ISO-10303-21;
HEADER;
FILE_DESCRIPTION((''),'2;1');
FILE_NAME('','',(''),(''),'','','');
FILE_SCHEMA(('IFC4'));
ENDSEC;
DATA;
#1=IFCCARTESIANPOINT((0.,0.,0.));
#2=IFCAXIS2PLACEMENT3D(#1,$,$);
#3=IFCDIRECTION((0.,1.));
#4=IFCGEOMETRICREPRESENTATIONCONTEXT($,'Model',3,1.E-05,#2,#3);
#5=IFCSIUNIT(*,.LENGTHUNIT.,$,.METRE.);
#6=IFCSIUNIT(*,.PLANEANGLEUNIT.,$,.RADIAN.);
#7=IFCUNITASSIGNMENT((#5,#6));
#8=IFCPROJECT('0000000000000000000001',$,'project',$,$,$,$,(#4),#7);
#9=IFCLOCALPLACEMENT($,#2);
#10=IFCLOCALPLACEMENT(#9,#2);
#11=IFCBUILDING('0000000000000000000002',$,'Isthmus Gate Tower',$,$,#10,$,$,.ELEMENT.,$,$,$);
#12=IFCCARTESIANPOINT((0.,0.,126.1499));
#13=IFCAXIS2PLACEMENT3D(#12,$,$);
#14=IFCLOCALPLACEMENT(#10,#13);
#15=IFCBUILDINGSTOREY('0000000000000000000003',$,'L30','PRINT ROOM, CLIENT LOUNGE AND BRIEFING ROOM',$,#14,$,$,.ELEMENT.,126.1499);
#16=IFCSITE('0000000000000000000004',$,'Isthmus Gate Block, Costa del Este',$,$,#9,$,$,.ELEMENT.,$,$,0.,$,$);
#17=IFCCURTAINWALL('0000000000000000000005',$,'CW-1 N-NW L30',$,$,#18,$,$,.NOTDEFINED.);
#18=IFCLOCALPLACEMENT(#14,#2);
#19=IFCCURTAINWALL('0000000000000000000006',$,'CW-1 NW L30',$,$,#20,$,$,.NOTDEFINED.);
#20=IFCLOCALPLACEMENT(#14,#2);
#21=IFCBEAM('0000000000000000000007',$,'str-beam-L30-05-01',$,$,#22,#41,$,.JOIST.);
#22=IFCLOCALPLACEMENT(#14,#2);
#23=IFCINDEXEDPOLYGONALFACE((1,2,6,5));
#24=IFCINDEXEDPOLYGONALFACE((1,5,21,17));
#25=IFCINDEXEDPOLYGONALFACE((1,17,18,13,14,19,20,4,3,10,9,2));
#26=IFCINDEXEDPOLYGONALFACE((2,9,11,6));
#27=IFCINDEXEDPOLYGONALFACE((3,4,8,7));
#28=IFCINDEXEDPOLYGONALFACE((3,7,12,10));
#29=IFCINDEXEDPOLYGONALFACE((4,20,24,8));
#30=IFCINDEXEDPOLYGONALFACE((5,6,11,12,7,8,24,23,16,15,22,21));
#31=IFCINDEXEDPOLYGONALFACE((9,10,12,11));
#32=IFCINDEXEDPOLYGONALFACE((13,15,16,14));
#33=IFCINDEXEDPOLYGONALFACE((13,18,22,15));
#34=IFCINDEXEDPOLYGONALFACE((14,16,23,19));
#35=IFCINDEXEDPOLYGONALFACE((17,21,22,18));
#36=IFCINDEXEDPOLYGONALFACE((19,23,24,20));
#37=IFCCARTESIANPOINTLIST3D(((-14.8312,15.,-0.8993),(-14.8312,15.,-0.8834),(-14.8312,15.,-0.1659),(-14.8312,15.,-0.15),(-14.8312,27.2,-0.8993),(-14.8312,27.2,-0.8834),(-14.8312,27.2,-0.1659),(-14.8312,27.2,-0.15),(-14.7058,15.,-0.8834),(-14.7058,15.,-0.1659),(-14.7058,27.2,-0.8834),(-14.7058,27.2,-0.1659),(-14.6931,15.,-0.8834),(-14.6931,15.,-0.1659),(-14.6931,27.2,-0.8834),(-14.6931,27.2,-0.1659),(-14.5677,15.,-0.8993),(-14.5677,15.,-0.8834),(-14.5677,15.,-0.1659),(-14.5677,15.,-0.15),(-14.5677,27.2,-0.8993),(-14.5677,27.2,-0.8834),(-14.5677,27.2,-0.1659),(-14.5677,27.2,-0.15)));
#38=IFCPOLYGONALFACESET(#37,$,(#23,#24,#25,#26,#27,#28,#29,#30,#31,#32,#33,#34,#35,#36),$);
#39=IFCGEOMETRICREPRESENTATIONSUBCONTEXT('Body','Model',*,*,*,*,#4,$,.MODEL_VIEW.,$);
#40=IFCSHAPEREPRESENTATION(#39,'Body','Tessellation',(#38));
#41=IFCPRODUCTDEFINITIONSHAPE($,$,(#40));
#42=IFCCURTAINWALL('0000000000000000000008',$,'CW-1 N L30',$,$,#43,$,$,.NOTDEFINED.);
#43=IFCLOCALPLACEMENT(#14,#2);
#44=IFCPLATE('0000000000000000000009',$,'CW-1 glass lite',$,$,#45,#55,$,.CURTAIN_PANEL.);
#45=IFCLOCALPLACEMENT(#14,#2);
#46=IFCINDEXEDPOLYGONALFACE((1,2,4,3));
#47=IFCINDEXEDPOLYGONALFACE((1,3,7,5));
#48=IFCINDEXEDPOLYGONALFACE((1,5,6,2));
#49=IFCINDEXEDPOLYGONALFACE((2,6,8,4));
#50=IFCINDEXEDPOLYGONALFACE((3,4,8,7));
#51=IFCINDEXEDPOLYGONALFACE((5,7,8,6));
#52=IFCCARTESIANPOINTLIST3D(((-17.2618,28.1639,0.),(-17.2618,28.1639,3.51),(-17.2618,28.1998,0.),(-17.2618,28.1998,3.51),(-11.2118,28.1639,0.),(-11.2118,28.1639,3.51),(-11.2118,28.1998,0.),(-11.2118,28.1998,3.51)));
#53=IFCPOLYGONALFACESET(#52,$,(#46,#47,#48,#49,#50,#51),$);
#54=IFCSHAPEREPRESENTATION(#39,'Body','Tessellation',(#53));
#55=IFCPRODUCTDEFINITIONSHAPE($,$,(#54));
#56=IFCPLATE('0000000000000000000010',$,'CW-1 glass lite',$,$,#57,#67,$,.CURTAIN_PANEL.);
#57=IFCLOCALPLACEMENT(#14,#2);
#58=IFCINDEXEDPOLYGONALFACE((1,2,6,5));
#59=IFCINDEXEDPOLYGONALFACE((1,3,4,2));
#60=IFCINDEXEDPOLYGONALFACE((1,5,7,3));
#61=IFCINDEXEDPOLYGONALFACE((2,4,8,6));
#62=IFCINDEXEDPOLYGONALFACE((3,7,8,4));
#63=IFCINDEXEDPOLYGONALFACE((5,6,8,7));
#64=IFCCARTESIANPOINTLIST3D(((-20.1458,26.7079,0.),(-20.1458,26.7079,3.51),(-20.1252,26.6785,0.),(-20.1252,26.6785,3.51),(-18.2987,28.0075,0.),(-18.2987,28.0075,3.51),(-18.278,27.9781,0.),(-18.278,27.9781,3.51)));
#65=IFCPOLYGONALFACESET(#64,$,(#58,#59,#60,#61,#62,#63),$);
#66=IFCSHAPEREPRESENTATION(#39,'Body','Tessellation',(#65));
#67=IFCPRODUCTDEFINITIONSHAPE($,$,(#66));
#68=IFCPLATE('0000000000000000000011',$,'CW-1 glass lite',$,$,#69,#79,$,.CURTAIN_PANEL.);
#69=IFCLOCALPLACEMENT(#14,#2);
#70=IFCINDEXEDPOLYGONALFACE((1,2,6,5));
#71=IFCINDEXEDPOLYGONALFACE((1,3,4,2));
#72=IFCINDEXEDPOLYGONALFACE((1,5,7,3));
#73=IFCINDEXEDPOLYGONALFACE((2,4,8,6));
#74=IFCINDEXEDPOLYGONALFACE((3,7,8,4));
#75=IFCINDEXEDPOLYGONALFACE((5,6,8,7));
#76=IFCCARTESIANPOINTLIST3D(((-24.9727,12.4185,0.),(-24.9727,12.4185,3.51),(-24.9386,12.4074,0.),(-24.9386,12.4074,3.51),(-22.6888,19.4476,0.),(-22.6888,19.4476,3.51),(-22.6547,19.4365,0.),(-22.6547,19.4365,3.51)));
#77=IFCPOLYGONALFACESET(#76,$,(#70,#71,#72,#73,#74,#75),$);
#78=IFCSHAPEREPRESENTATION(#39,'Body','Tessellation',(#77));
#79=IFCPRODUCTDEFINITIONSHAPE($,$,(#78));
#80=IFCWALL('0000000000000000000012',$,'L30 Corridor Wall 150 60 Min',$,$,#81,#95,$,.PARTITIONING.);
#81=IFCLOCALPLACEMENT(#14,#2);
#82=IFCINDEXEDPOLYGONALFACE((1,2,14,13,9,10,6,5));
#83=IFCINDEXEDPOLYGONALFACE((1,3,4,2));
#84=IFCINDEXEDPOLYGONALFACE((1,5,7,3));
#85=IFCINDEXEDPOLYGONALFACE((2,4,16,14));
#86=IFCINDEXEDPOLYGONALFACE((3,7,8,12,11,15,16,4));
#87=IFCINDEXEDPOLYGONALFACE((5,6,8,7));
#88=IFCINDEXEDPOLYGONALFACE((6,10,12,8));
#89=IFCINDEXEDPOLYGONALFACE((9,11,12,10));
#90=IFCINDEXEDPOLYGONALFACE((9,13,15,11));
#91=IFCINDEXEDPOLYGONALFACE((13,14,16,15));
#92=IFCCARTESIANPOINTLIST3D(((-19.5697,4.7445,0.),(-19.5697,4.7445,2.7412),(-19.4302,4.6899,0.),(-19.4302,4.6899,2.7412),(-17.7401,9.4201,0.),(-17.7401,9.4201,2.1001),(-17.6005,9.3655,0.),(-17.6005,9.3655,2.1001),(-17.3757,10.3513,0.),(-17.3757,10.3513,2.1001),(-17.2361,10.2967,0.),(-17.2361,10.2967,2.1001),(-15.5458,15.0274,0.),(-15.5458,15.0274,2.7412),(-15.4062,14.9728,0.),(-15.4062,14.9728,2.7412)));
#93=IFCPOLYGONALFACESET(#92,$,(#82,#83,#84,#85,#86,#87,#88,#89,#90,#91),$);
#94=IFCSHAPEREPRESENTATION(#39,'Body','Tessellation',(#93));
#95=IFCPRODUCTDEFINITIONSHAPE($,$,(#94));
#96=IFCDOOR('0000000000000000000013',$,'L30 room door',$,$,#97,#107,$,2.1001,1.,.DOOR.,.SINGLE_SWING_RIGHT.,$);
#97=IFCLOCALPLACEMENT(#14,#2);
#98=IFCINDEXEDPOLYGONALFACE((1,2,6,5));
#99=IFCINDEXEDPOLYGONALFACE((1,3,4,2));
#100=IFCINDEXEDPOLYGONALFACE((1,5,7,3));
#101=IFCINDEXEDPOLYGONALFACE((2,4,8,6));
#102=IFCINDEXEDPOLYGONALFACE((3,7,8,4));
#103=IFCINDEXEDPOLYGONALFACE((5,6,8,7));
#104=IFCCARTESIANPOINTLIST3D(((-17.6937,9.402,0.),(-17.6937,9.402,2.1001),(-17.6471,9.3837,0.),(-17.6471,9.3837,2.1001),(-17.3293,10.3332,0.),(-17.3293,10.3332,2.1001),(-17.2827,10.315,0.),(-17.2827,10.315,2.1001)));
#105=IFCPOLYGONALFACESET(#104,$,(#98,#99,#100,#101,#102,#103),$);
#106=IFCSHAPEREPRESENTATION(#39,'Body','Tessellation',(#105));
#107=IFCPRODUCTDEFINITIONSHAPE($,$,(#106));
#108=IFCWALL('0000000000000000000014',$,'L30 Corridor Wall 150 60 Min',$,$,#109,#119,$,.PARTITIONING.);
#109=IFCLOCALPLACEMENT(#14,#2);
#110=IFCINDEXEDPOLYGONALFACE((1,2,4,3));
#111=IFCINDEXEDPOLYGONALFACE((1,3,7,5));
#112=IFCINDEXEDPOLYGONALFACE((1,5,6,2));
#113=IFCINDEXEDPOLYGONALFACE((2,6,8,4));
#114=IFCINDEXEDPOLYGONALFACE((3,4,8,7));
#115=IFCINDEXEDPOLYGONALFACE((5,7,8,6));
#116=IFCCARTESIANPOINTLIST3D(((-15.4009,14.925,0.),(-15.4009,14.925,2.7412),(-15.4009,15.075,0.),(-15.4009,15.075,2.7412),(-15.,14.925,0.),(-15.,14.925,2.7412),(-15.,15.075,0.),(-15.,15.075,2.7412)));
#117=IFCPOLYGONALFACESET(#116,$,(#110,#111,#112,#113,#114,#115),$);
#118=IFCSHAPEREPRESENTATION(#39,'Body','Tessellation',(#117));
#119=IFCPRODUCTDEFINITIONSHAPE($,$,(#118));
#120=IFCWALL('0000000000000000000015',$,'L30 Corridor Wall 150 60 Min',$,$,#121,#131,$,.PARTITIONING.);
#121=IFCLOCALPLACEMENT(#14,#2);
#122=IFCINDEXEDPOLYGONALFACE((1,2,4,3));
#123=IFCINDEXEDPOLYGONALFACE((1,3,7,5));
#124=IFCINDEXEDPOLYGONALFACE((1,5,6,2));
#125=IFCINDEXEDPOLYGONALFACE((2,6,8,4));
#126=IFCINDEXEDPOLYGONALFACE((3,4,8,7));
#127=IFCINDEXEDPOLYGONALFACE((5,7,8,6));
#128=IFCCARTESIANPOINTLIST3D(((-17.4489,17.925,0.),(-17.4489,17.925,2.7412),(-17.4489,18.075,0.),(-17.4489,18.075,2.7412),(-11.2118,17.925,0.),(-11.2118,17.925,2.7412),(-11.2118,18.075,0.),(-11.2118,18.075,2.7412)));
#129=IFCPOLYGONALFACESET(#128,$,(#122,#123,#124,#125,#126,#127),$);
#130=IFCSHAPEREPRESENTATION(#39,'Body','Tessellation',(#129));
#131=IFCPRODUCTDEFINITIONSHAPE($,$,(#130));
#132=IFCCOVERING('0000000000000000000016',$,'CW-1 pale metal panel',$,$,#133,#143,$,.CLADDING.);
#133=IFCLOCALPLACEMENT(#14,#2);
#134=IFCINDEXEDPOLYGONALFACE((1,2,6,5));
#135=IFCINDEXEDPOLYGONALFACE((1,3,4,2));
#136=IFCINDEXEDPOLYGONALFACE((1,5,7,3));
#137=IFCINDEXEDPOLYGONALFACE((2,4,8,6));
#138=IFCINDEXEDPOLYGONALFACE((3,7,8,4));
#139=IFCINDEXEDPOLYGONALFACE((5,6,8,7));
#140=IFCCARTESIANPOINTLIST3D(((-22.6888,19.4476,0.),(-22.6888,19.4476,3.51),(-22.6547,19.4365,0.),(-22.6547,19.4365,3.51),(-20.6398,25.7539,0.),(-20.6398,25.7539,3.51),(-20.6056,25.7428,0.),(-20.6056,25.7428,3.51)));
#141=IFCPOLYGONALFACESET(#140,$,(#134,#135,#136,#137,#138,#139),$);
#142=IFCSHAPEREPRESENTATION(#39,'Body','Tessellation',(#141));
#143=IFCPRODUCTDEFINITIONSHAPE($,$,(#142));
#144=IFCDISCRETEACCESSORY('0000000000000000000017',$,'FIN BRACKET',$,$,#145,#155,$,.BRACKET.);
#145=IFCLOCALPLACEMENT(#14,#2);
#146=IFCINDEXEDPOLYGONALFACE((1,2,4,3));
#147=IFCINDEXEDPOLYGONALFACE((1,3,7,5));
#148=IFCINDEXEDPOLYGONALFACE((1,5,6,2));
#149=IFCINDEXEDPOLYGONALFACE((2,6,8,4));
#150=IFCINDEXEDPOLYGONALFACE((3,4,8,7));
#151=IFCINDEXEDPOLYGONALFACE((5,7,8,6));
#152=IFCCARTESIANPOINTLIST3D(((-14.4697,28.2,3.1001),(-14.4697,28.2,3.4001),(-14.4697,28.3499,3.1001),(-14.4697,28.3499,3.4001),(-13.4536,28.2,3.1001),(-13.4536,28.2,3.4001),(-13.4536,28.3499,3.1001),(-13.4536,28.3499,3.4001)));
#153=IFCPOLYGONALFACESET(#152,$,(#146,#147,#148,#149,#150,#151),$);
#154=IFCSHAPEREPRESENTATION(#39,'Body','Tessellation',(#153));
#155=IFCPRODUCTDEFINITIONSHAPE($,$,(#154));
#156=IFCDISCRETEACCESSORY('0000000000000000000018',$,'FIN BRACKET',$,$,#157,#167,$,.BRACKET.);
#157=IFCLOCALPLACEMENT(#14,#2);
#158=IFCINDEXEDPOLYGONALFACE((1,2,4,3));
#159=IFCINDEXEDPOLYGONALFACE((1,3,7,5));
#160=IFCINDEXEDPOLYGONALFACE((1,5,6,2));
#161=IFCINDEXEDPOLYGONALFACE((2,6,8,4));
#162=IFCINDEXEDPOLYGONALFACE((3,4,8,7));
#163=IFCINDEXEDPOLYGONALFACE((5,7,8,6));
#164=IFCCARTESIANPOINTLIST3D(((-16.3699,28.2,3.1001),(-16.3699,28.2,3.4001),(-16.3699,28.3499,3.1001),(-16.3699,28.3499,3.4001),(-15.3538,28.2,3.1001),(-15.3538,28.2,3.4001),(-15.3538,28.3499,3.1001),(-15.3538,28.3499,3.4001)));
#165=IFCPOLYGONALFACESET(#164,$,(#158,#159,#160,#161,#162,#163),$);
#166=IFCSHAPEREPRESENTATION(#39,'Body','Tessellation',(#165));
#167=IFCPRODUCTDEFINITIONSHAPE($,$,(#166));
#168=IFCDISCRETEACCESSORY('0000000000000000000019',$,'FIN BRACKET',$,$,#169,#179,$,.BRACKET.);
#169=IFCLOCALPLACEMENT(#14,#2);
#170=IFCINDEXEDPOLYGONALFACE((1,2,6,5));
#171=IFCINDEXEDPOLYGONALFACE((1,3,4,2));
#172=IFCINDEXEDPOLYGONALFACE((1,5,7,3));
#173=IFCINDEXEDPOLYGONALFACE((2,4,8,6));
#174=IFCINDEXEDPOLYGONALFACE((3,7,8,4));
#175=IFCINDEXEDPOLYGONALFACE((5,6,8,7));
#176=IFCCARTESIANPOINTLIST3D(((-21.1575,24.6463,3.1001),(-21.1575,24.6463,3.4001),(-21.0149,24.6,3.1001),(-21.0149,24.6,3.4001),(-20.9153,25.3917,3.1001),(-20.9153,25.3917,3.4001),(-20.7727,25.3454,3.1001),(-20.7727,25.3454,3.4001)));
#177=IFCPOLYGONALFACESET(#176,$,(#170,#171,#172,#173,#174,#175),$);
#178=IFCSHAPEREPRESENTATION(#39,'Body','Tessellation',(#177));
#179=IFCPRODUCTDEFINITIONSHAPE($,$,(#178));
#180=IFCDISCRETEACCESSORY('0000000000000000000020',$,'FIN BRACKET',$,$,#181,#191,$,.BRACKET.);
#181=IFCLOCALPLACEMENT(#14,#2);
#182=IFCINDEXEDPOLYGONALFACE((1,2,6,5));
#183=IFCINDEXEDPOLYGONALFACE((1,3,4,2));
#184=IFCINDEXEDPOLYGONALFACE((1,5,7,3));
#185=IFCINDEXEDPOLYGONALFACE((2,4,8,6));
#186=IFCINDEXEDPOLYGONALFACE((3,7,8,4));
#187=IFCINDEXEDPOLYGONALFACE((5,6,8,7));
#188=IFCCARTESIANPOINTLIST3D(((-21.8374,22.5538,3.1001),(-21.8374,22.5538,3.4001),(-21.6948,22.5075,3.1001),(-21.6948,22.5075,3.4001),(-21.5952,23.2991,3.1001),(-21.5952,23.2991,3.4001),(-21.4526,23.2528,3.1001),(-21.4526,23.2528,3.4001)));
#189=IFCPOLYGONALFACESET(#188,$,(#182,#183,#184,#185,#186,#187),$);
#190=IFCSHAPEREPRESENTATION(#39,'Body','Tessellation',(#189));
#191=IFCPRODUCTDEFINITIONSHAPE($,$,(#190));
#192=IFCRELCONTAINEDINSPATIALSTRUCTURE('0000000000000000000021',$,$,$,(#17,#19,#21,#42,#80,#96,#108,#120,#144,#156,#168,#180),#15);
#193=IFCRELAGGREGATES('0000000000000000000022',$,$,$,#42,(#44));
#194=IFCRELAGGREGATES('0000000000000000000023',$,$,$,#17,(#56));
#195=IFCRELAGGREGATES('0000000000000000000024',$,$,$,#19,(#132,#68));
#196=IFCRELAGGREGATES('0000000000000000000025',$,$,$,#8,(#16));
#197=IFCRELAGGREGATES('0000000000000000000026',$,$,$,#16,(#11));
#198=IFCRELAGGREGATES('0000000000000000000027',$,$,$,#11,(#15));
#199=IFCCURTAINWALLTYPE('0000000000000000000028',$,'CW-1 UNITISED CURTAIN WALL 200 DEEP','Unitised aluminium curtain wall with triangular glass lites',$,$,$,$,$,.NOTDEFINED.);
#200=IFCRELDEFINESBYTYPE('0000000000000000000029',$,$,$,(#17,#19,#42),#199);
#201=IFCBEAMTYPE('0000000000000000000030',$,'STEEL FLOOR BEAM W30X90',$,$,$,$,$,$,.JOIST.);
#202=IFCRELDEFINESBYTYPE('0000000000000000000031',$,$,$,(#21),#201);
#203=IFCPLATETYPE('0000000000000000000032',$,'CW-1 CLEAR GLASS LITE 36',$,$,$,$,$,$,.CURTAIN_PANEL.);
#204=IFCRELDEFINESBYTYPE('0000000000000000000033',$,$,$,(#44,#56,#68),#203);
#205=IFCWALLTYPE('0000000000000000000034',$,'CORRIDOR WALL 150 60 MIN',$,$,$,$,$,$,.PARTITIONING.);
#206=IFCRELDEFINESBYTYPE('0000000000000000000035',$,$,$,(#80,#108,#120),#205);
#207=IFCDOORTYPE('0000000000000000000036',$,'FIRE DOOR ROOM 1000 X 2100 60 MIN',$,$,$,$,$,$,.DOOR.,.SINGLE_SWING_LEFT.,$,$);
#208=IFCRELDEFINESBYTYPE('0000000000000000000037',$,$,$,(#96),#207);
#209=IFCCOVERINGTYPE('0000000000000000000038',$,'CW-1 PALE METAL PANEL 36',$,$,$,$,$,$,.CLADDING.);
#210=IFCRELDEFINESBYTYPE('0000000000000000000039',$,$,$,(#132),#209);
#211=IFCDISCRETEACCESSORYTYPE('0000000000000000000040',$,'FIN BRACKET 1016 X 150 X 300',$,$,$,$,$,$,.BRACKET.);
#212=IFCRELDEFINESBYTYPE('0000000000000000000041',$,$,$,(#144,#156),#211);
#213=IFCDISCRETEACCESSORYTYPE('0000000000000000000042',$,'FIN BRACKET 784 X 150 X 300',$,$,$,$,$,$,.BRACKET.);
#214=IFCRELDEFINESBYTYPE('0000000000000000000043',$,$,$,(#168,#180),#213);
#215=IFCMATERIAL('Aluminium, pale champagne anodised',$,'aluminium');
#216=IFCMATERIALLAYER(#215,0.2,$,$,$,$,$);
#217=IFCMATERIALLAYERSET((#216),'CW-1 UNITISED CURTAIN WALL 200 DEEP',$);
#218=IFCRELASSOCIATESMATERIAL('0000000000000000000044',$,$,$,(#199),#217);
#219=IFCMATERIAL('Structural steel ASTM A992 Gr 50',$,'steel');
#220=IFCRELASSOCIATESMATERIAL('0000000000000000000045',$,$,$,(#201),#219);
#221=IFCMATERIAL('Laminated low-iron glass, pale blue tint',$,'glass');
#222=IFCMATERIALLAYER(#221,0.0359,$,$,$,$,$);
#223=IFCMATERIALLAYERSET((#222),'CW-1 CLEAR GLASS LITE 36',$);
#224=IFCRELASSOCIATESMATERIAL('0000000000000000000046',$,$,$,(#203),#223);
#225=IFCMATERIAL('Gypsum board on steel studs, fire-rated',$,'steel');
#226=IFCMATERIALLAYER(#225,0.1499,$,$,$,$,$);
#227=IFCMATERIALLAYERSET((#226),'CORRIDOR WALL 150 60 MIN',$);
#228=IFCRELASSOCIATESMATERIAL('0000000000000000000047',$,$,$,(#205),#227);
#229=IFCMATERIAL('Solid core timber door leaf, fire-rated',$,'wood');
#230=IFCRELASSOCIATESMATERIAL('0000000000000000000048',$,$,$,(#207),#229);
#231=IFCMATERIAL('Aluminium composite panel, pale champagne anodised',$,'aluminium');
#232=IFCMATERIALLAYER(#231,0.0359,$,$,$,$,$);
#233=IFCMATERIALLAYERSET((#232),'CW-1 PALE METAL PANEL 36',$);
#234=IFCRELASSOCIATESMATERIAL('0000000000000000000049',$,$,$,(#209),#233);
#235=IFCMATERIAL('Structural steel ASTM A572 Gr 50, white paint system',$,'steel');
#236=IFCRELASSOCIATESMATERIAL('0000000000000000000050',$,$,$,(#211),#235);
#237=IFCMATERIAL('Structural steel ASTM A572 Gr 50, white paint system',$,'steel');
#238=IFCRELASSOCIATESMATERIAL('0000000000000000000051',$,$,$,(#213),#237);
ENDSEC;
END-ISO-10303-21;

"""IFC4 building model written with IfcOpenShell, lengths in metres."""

from ifc_helpers import new_model, si_unit, direction, frame, frame_2d, origin, origin_2d, place, context, subcontext, project, spatial, rectangle, i_section, extrude, material, layer, layer_set, material_profile, profile_set, type_object, element, fill, aggregate, save


model = new_model("IFC4")

# Units and contexts
model_context = context("Model", 3, precision=1e-05, world=origin(), true_north=direction((0.0, 1.0)))
body_context = subcontext(model_context, "Body", "Model", "MODEL_VIEW")
ifc_project = project(units=[si_unit("LENGTHUNIT", "METRE"), si_unit("PLANEANGLEUNIT", "RADIAN")], contexts=[model_context])

# Site, building, storey
site_placement = place(None, origin())
site = spatial("IfcSite", under=ifc_project, at=site_placement, Name="Isthmus Gate Block, Costa del Este", CompositionType="ELEMENT", RefElevation=0.0)
building_placement = place(site_placement, origin())
building = spatial("IfcBuilding", under=site, at=building_placement, Name="Isthmus Gate Tower", CompositionType="ELEMENT")
storey_placement = place(building_placement, frame((0.0, 0.0, 126.1499)))
storey = spatial("IfcBuildingStorey", under=building, at=storey_placement, Name="L30", Description="PRINT ROOM, CLIENT LOUNGE AND BRIEFING ROOM", CompositionType="ELEMENT", Elevation=126.1499)

# Curtain walls
ifc_material_1 = material(Name="Aluminium, pale champagne anodised", Category="aluminium")
ifc_layer_1 = layer(ifc_material_1, 0.2)
ifc_layer_set_1 = layer_set([ifc_layer_1], Name="CW-1 UNITISED CURTAIN WALL 200 DEEP")
curtain_wall_type = type_object("IfcCurtainWallType", Name="CW-1 UNITISED CURTAIN WALL 200 DEEP", Description="Unitised aluminium curtain wall with triangular glass lites", PredefinedType="NOTDEFINED", material=ifc_layer_set_1)
curtain_wall_1_placement = place(storey_placement, origin())
curtain_wall_1 = element("IfcCurtainWall", 1, at=curtain_wall_1_placement, inside=storey, type_object=curtain_wall_type, Name="CW-1 N-NW L30", PredefinedType="NOTDEFINED")
curtain_wall_2_placement = place(storey_placement, origin())
curtain_wall_2 = element("IfcCurtainWall", 2, at=curtain_wall_2_placement, inside=storey, type_object=curtain_wall_type, Name="CW-1 NW L30", PredefinedType="NOTDEFINED")

# Beam
ifc_material_2 = material(Name="Structural steel ASTM A992 Gr 50", Category="steel")
ifc_material_profile_1 = material_profile(ifc_material_2, i_section(OverallWidth=0.2634, OverallDepth=0.7493, WebThickness=0.0127, FlangeThickness=0.0159, at=origin_2d()), Name="W30X90")
ifc_profile_set_1 = profile_set([ifc_material_profile_1], Name="Structural steel ASTM A992 Gr 50")
beam_type_1 = type_object("IfcBeamType", Name="STEEL FLOOR BEAM W30X90", PredefinedType="JOIST", material=ifc_profile_set_1)
beam_1_placement = place(storey_placement, frame((-14.6995, 15.0, -0.5247), z_axis=(0.0, 1.0, 0.0), x_axis=(-1.0, 0.0, 0.0)))
element("IfcBeam", 3, at=beam_1_placement, inside=storey, type_object=beam_type_1, Name="str-beam-L30-05-01", PredefinedType="JOIST", context=body_context, shape_type="SweptSolid", body=[
    extrude(i_section(OverallWidth=0.2634, OverallDepth=0.7493, WebThickness=0.0127, FlangeThickness=0.0159, at=origin_2d()), origin(), (0.0, 0.0, 1.0), 12.2),
])

# Curtain wall, plate
curtain_wall_3_placement = place(storey_placement, origin())
curtain_wall_3 = element("IfcCurtainWall", 4, at=curtain_wall_3_placement, inside=storey, type_object=curtain_wall_type, Name="CW-1 N L30", PredefinedType="NOTDEFINED")
ifc_material_3 = material(Name="Laminated low-iron glass, pale blue tint", Category="glass")
ifc_layer_2 = layer(ifc_material_3, 0.0359)
ifc_layer_set_2 = layer_set([ifc_layer_2], Name="CW-1 CLEAR GLASS LITE 36")
plate_type = type_object("IfcPlateType", Name="CW-1 CLEAR GLASS LITE 36", PredefinedType="CURTAIN_PANEL", material=ifc_layer_set_2)
plate_1_placement = place(storey_placement, frame((-14.2368, 28.1819, 0.0), z_axis=(0.0, 0.0, 1.0), x_axis=(-1.0, 0.0, 0.0)))
plate_1 = element("IfcPlate", 5, at=plate_1_placement, type_object=plate_type, Name="CW-1 glass lite", PredefinedType="CURTAIN_PANEL", context=body_context, shape_type="SweptSolid", body=[
    extrude(rectangle(XDim=6.05, YDim=0.0359, at=origin_2d()), origin(), (0.0, 0.0, 1.0), 3.51),
])
aggregate(curtain_wall_3, [plate_1])

# Plates
plate_2_placement = place(storey_placement, frame((-19.2119, 27.343, 0.0), z_axis=(0.0, 0.0, 1.0), x_axis=(-0.81786, -0.575418, 0.0)))
plate_2 = element("IfcPlate", 6, at=plate_2_placement, type_object=plate_type, Name="CW-1 glass lite", PredefinedType="CURTAIN_PANEL", context=body_context, shape_type="SweptSolid", body=[
    extrude(rectangle(XDim=2.2585, YDim=0.0359, at=origin_2d()), origin(), (0.0, 0.0, 1.0), 3.51),
])
aggregate(curtain_wall_1, [plate_2])
plate_3_placement = place(storey_placement, frame((-23.8137, 15.9275, 0.0), z_axis=(0.0, 0.0, 1.0), x_axis=(-0.309017, -0.951057, 0.0)))
plate_3 = element("IfcPlate", 7, at=plate_3_placement, type_object=plate_type, Name="CW-1 glass lite", PredefinedType="CURTAIN_PANEL", context=body_context, shape_type="SweptSolid", body=[
    extrude(rectangle(XDim=7.3909, YDim=0.0359, at=origin_2d()), origin(), (0.0, 0.0, 1.0), 3.51),
])

# Wall, opening, door
ifc_material_4 = material(Name="Gypsum board on steel studs, fire-rated", Category="steel")
ifc_layer_3 = layer(ifc_material_4, 0.1499)
ifc_layer_set_3 = layer_set([ifc_layer_3], Name="CORRIDOR WALL 150 60 MIN")
wall_type = type_object("IfcWallType", Name="CORRIDOR WALL 150 60 MIN", PredefinedType="PARTITIONING", material=ifc_layer_set_3)
wall_1_placement = place(storey_placement, frame((-15.4761, 15.0, 0.0), z_axis=(0.0, 0.0, 1.0), x_axis=(-0.364412, -0.931238, 0.0)))
wall_1 = element("IfcWall", 8, at=wall_1_placement, inside=storey, type_object=wall_type, Name="L30 Corridor Wall 150 60 Min", PredefinedType="PARTITIONING", context=body_context, shape_type="SweptSolid", body=[
    extrude(rectangle(XDim=11.0422, YDim=0.1499, at=frame_2d((5.521, 0.0))), origin(), (0.0, 0.0, 1.0), 2.7412),
])
opening_placement = place(wall_1_placement, frame((5.0212, 0.0, 0.0)))
opening = element("IfcOpeningElement", 9, at=opening_placement, cuts=wall_1, PredefinedType="OPENING", context=body_context, shape_type="SweptSolid", body=[
    extrude(rectangle(XDim=1.0, YDim=2.1001, at=frame_2d((0.5, 1.05))), frame((0.0, 0.085, 0.0), z_axis=(0.0, -1.0, 0.0), x_axis=(1.0, 0.0, 0.0)), (0.0, 0.0, 1.0), 0.1699),
])
ifc_material_5 = material(Name="Solid core timber door leaf, fire-rated", Category="wood")
door_type = type_object("IfcDoorType", Name="FIRE DOOR ROOM 1000 X 2100 60 MIN", OperationType="SINGLE_SWING_LEFT", PredefinedType="DOOR", material=ifc_material_5)
door_placement = place(opening_placement, origin())
door = element("IfcDoor", 10, at=door_placement, inside=storey, type_object=door_type, Name="L30 room door", OperationType="SINGLE_SWING_RIGHT", OverallHeight=2.1001, OverallWidth=1.0, PredefinedType="DOOR", context=body_context, shape_type="SweptSolid", body=[
    extrude(rectangle(XDim=1.0, YDim=2.1001, at=frame_2d((0.5, 1.05))), frame((0.0, 0.0249, 0.0), z_axis=(0.0, -1.0, 0.0), x_axis=(1.0, 0.0, 0.0)), (0.0, 0.0, 1.0), 0.05),
])
fill(opening, door)

# Walls
wall_2_placement = place(storey_placement, frame((-15.0, 15.0, 0.0), z_axis=(0.0, 0.0, 1.0), x_axis=(-1.0, 0.0, 0.0)))
element("IfcWall", 11, at=wall_2_placement, inside=storey, type_object=wall_type, Name="L30 Corridor Wall 150 60 Min", PredefinedType="PARTITIONING", context=body_context, shape_type="SweptSolid", body=[
    extrude(rectangle(XDim=0.4009, YDim=0.1499, at=frame_2d((0.2004, 0.0))), origin(), (0.0, 0.0, 1.0), 2.7412),
])
wall_3_placement = place(storey_placement, frame((-17.449, 18.0, 0.0), z_axis=(0.0, 0.0, 1.0), x_axis=(1.0, 0.0, 0.0)))
element("IfcWall", 12, at=wall_3_placement, inside=storey, type_object=wall_type, Name="L30 Corridor Wall 150 60 Min", PredefinedType="PARTITIONING", context=body_context, shape_type="SweptSolid", body=[
    extrude(rectangle(XDim=6.2371, YDim=0.1499, at=frame_2d((3.1187, 0.0))), origin(), (0.0, 0.0, 1.0), 2.7412),
])

# Covering
ifc_material_6 = material(Name="Aluminium composite panel, pale champagne anodised", Category="aluminium")
ifc_layer_4 = layer(ifc_material_6, 0.0359)
ifc_layer_set_4 = layer_set([ifc_layer_4], Name="CW-1 PALE METAL PANEL 36")
covering_type = type_object("IfcCoveringType", Name="CW-1 PALE METAL PANEL 36", PredefinedType="CLADDING", material=ifc_layer_set_4)
covering_placement = place(storey_placement, frame((-21.6472, 22.5952, 0.0), z_axis=(0.0, 0.0, 1.0), x_axis=(-0.309017, -0.951057, 0.0)))
covering = element("IfcCovering", 13, at=covering_placement, type_object=covering_type, Name="CW-1 pale metal panel", PredefinedType="CLADDING", context=body_context, shape_type="SweptSolid", body=[
    extrude(rectangle(XDim=6.6309, YDim=0.0359, at=origin_2d()), origin(), (0.0, 0.0, 1.0), 3.51),
])
aggregate(curtain_wall_2, [covering, plate_3])

# Discrete accessories
ifc_material_7 = material(Name="Structural steel ASTM A572 Gr 50, white paint system", Category="steel")
discrete_accessory_type_1 = type_object("IfcDiscreteAccessoryType", Name="FIN BRACKET 1016 X 150 X 300", PredefinedType="BRACKET", material=ifc_material_7)
for number, where, z_axis, x_axis, name in (
    (14, (-13.9617, 28.2749, 3.1001), (0.0, 0.0, 1.0), (0.0, 1.0, 0.0), "FIN BRACKET"),
    (15, (-15.8618, 28.2749, 3.1001), (0.0, 0.0, 1.0), (0.0, 1.0, 0.0), "FIN BRACKET"),
):
    element("IfcDiscreteAccessory", number, at=place(storey_placement, frame(where, z_axis=z_axis, x_axis=x_axis)), inside=storey, type_object=discrete_accessory_type_1, Name=name, PredefinedType="BRACKET", context=body_context, shape_type="SweptSolid", body=[
        extrude(rectangle(XDim=0.1499, YDim=1.0161, at=origin_2d()), origin(), (0.0, 0.0, 1.0), 0.3),
    ])
ifc_material_8 = material(Name="Structural steel ASTM A572 Gr 50, white paint system", Category="steel")
discrete_accessory_type_2 = type_object("IfcDiscreteAccessoryType", Name="FIN BRACKET 784 X 150 X 300", PredefinedType="BRACKET", material=ifc_material_8)
for number, where, z_axis, x_axis, name in (
    (16, (-20.9651, 24.9958, 3.1001), (0.0, 0.0, 1.0), (-0.951057, 0.309017, 0.0), "FIN BRACKET"),
    (17, (-21.645, 22.9033, 3.1001), (0.0, 0.0, 1.0), (-0.951057, 0.309017, 0.0), "FIN BRACKET"),
):
    element("IfcDiscreteAccessory", number, at=place(storey_placement, frame(where, z_axis=z_axis, x_axis=x_axis)), inside=storey, type_object=discrete_accessory_type_2, Name=name, PredefinedType="BRACKET", context=body_context, shape_type="SweptSolid", body=[
        extrude(rectangle(XDim=0.1499, YDim=0.7837, at=origin_2d()), origin(), (0.0, 0.0, 1.0), 0.3),
    ])

save(model, "model.ifc")
